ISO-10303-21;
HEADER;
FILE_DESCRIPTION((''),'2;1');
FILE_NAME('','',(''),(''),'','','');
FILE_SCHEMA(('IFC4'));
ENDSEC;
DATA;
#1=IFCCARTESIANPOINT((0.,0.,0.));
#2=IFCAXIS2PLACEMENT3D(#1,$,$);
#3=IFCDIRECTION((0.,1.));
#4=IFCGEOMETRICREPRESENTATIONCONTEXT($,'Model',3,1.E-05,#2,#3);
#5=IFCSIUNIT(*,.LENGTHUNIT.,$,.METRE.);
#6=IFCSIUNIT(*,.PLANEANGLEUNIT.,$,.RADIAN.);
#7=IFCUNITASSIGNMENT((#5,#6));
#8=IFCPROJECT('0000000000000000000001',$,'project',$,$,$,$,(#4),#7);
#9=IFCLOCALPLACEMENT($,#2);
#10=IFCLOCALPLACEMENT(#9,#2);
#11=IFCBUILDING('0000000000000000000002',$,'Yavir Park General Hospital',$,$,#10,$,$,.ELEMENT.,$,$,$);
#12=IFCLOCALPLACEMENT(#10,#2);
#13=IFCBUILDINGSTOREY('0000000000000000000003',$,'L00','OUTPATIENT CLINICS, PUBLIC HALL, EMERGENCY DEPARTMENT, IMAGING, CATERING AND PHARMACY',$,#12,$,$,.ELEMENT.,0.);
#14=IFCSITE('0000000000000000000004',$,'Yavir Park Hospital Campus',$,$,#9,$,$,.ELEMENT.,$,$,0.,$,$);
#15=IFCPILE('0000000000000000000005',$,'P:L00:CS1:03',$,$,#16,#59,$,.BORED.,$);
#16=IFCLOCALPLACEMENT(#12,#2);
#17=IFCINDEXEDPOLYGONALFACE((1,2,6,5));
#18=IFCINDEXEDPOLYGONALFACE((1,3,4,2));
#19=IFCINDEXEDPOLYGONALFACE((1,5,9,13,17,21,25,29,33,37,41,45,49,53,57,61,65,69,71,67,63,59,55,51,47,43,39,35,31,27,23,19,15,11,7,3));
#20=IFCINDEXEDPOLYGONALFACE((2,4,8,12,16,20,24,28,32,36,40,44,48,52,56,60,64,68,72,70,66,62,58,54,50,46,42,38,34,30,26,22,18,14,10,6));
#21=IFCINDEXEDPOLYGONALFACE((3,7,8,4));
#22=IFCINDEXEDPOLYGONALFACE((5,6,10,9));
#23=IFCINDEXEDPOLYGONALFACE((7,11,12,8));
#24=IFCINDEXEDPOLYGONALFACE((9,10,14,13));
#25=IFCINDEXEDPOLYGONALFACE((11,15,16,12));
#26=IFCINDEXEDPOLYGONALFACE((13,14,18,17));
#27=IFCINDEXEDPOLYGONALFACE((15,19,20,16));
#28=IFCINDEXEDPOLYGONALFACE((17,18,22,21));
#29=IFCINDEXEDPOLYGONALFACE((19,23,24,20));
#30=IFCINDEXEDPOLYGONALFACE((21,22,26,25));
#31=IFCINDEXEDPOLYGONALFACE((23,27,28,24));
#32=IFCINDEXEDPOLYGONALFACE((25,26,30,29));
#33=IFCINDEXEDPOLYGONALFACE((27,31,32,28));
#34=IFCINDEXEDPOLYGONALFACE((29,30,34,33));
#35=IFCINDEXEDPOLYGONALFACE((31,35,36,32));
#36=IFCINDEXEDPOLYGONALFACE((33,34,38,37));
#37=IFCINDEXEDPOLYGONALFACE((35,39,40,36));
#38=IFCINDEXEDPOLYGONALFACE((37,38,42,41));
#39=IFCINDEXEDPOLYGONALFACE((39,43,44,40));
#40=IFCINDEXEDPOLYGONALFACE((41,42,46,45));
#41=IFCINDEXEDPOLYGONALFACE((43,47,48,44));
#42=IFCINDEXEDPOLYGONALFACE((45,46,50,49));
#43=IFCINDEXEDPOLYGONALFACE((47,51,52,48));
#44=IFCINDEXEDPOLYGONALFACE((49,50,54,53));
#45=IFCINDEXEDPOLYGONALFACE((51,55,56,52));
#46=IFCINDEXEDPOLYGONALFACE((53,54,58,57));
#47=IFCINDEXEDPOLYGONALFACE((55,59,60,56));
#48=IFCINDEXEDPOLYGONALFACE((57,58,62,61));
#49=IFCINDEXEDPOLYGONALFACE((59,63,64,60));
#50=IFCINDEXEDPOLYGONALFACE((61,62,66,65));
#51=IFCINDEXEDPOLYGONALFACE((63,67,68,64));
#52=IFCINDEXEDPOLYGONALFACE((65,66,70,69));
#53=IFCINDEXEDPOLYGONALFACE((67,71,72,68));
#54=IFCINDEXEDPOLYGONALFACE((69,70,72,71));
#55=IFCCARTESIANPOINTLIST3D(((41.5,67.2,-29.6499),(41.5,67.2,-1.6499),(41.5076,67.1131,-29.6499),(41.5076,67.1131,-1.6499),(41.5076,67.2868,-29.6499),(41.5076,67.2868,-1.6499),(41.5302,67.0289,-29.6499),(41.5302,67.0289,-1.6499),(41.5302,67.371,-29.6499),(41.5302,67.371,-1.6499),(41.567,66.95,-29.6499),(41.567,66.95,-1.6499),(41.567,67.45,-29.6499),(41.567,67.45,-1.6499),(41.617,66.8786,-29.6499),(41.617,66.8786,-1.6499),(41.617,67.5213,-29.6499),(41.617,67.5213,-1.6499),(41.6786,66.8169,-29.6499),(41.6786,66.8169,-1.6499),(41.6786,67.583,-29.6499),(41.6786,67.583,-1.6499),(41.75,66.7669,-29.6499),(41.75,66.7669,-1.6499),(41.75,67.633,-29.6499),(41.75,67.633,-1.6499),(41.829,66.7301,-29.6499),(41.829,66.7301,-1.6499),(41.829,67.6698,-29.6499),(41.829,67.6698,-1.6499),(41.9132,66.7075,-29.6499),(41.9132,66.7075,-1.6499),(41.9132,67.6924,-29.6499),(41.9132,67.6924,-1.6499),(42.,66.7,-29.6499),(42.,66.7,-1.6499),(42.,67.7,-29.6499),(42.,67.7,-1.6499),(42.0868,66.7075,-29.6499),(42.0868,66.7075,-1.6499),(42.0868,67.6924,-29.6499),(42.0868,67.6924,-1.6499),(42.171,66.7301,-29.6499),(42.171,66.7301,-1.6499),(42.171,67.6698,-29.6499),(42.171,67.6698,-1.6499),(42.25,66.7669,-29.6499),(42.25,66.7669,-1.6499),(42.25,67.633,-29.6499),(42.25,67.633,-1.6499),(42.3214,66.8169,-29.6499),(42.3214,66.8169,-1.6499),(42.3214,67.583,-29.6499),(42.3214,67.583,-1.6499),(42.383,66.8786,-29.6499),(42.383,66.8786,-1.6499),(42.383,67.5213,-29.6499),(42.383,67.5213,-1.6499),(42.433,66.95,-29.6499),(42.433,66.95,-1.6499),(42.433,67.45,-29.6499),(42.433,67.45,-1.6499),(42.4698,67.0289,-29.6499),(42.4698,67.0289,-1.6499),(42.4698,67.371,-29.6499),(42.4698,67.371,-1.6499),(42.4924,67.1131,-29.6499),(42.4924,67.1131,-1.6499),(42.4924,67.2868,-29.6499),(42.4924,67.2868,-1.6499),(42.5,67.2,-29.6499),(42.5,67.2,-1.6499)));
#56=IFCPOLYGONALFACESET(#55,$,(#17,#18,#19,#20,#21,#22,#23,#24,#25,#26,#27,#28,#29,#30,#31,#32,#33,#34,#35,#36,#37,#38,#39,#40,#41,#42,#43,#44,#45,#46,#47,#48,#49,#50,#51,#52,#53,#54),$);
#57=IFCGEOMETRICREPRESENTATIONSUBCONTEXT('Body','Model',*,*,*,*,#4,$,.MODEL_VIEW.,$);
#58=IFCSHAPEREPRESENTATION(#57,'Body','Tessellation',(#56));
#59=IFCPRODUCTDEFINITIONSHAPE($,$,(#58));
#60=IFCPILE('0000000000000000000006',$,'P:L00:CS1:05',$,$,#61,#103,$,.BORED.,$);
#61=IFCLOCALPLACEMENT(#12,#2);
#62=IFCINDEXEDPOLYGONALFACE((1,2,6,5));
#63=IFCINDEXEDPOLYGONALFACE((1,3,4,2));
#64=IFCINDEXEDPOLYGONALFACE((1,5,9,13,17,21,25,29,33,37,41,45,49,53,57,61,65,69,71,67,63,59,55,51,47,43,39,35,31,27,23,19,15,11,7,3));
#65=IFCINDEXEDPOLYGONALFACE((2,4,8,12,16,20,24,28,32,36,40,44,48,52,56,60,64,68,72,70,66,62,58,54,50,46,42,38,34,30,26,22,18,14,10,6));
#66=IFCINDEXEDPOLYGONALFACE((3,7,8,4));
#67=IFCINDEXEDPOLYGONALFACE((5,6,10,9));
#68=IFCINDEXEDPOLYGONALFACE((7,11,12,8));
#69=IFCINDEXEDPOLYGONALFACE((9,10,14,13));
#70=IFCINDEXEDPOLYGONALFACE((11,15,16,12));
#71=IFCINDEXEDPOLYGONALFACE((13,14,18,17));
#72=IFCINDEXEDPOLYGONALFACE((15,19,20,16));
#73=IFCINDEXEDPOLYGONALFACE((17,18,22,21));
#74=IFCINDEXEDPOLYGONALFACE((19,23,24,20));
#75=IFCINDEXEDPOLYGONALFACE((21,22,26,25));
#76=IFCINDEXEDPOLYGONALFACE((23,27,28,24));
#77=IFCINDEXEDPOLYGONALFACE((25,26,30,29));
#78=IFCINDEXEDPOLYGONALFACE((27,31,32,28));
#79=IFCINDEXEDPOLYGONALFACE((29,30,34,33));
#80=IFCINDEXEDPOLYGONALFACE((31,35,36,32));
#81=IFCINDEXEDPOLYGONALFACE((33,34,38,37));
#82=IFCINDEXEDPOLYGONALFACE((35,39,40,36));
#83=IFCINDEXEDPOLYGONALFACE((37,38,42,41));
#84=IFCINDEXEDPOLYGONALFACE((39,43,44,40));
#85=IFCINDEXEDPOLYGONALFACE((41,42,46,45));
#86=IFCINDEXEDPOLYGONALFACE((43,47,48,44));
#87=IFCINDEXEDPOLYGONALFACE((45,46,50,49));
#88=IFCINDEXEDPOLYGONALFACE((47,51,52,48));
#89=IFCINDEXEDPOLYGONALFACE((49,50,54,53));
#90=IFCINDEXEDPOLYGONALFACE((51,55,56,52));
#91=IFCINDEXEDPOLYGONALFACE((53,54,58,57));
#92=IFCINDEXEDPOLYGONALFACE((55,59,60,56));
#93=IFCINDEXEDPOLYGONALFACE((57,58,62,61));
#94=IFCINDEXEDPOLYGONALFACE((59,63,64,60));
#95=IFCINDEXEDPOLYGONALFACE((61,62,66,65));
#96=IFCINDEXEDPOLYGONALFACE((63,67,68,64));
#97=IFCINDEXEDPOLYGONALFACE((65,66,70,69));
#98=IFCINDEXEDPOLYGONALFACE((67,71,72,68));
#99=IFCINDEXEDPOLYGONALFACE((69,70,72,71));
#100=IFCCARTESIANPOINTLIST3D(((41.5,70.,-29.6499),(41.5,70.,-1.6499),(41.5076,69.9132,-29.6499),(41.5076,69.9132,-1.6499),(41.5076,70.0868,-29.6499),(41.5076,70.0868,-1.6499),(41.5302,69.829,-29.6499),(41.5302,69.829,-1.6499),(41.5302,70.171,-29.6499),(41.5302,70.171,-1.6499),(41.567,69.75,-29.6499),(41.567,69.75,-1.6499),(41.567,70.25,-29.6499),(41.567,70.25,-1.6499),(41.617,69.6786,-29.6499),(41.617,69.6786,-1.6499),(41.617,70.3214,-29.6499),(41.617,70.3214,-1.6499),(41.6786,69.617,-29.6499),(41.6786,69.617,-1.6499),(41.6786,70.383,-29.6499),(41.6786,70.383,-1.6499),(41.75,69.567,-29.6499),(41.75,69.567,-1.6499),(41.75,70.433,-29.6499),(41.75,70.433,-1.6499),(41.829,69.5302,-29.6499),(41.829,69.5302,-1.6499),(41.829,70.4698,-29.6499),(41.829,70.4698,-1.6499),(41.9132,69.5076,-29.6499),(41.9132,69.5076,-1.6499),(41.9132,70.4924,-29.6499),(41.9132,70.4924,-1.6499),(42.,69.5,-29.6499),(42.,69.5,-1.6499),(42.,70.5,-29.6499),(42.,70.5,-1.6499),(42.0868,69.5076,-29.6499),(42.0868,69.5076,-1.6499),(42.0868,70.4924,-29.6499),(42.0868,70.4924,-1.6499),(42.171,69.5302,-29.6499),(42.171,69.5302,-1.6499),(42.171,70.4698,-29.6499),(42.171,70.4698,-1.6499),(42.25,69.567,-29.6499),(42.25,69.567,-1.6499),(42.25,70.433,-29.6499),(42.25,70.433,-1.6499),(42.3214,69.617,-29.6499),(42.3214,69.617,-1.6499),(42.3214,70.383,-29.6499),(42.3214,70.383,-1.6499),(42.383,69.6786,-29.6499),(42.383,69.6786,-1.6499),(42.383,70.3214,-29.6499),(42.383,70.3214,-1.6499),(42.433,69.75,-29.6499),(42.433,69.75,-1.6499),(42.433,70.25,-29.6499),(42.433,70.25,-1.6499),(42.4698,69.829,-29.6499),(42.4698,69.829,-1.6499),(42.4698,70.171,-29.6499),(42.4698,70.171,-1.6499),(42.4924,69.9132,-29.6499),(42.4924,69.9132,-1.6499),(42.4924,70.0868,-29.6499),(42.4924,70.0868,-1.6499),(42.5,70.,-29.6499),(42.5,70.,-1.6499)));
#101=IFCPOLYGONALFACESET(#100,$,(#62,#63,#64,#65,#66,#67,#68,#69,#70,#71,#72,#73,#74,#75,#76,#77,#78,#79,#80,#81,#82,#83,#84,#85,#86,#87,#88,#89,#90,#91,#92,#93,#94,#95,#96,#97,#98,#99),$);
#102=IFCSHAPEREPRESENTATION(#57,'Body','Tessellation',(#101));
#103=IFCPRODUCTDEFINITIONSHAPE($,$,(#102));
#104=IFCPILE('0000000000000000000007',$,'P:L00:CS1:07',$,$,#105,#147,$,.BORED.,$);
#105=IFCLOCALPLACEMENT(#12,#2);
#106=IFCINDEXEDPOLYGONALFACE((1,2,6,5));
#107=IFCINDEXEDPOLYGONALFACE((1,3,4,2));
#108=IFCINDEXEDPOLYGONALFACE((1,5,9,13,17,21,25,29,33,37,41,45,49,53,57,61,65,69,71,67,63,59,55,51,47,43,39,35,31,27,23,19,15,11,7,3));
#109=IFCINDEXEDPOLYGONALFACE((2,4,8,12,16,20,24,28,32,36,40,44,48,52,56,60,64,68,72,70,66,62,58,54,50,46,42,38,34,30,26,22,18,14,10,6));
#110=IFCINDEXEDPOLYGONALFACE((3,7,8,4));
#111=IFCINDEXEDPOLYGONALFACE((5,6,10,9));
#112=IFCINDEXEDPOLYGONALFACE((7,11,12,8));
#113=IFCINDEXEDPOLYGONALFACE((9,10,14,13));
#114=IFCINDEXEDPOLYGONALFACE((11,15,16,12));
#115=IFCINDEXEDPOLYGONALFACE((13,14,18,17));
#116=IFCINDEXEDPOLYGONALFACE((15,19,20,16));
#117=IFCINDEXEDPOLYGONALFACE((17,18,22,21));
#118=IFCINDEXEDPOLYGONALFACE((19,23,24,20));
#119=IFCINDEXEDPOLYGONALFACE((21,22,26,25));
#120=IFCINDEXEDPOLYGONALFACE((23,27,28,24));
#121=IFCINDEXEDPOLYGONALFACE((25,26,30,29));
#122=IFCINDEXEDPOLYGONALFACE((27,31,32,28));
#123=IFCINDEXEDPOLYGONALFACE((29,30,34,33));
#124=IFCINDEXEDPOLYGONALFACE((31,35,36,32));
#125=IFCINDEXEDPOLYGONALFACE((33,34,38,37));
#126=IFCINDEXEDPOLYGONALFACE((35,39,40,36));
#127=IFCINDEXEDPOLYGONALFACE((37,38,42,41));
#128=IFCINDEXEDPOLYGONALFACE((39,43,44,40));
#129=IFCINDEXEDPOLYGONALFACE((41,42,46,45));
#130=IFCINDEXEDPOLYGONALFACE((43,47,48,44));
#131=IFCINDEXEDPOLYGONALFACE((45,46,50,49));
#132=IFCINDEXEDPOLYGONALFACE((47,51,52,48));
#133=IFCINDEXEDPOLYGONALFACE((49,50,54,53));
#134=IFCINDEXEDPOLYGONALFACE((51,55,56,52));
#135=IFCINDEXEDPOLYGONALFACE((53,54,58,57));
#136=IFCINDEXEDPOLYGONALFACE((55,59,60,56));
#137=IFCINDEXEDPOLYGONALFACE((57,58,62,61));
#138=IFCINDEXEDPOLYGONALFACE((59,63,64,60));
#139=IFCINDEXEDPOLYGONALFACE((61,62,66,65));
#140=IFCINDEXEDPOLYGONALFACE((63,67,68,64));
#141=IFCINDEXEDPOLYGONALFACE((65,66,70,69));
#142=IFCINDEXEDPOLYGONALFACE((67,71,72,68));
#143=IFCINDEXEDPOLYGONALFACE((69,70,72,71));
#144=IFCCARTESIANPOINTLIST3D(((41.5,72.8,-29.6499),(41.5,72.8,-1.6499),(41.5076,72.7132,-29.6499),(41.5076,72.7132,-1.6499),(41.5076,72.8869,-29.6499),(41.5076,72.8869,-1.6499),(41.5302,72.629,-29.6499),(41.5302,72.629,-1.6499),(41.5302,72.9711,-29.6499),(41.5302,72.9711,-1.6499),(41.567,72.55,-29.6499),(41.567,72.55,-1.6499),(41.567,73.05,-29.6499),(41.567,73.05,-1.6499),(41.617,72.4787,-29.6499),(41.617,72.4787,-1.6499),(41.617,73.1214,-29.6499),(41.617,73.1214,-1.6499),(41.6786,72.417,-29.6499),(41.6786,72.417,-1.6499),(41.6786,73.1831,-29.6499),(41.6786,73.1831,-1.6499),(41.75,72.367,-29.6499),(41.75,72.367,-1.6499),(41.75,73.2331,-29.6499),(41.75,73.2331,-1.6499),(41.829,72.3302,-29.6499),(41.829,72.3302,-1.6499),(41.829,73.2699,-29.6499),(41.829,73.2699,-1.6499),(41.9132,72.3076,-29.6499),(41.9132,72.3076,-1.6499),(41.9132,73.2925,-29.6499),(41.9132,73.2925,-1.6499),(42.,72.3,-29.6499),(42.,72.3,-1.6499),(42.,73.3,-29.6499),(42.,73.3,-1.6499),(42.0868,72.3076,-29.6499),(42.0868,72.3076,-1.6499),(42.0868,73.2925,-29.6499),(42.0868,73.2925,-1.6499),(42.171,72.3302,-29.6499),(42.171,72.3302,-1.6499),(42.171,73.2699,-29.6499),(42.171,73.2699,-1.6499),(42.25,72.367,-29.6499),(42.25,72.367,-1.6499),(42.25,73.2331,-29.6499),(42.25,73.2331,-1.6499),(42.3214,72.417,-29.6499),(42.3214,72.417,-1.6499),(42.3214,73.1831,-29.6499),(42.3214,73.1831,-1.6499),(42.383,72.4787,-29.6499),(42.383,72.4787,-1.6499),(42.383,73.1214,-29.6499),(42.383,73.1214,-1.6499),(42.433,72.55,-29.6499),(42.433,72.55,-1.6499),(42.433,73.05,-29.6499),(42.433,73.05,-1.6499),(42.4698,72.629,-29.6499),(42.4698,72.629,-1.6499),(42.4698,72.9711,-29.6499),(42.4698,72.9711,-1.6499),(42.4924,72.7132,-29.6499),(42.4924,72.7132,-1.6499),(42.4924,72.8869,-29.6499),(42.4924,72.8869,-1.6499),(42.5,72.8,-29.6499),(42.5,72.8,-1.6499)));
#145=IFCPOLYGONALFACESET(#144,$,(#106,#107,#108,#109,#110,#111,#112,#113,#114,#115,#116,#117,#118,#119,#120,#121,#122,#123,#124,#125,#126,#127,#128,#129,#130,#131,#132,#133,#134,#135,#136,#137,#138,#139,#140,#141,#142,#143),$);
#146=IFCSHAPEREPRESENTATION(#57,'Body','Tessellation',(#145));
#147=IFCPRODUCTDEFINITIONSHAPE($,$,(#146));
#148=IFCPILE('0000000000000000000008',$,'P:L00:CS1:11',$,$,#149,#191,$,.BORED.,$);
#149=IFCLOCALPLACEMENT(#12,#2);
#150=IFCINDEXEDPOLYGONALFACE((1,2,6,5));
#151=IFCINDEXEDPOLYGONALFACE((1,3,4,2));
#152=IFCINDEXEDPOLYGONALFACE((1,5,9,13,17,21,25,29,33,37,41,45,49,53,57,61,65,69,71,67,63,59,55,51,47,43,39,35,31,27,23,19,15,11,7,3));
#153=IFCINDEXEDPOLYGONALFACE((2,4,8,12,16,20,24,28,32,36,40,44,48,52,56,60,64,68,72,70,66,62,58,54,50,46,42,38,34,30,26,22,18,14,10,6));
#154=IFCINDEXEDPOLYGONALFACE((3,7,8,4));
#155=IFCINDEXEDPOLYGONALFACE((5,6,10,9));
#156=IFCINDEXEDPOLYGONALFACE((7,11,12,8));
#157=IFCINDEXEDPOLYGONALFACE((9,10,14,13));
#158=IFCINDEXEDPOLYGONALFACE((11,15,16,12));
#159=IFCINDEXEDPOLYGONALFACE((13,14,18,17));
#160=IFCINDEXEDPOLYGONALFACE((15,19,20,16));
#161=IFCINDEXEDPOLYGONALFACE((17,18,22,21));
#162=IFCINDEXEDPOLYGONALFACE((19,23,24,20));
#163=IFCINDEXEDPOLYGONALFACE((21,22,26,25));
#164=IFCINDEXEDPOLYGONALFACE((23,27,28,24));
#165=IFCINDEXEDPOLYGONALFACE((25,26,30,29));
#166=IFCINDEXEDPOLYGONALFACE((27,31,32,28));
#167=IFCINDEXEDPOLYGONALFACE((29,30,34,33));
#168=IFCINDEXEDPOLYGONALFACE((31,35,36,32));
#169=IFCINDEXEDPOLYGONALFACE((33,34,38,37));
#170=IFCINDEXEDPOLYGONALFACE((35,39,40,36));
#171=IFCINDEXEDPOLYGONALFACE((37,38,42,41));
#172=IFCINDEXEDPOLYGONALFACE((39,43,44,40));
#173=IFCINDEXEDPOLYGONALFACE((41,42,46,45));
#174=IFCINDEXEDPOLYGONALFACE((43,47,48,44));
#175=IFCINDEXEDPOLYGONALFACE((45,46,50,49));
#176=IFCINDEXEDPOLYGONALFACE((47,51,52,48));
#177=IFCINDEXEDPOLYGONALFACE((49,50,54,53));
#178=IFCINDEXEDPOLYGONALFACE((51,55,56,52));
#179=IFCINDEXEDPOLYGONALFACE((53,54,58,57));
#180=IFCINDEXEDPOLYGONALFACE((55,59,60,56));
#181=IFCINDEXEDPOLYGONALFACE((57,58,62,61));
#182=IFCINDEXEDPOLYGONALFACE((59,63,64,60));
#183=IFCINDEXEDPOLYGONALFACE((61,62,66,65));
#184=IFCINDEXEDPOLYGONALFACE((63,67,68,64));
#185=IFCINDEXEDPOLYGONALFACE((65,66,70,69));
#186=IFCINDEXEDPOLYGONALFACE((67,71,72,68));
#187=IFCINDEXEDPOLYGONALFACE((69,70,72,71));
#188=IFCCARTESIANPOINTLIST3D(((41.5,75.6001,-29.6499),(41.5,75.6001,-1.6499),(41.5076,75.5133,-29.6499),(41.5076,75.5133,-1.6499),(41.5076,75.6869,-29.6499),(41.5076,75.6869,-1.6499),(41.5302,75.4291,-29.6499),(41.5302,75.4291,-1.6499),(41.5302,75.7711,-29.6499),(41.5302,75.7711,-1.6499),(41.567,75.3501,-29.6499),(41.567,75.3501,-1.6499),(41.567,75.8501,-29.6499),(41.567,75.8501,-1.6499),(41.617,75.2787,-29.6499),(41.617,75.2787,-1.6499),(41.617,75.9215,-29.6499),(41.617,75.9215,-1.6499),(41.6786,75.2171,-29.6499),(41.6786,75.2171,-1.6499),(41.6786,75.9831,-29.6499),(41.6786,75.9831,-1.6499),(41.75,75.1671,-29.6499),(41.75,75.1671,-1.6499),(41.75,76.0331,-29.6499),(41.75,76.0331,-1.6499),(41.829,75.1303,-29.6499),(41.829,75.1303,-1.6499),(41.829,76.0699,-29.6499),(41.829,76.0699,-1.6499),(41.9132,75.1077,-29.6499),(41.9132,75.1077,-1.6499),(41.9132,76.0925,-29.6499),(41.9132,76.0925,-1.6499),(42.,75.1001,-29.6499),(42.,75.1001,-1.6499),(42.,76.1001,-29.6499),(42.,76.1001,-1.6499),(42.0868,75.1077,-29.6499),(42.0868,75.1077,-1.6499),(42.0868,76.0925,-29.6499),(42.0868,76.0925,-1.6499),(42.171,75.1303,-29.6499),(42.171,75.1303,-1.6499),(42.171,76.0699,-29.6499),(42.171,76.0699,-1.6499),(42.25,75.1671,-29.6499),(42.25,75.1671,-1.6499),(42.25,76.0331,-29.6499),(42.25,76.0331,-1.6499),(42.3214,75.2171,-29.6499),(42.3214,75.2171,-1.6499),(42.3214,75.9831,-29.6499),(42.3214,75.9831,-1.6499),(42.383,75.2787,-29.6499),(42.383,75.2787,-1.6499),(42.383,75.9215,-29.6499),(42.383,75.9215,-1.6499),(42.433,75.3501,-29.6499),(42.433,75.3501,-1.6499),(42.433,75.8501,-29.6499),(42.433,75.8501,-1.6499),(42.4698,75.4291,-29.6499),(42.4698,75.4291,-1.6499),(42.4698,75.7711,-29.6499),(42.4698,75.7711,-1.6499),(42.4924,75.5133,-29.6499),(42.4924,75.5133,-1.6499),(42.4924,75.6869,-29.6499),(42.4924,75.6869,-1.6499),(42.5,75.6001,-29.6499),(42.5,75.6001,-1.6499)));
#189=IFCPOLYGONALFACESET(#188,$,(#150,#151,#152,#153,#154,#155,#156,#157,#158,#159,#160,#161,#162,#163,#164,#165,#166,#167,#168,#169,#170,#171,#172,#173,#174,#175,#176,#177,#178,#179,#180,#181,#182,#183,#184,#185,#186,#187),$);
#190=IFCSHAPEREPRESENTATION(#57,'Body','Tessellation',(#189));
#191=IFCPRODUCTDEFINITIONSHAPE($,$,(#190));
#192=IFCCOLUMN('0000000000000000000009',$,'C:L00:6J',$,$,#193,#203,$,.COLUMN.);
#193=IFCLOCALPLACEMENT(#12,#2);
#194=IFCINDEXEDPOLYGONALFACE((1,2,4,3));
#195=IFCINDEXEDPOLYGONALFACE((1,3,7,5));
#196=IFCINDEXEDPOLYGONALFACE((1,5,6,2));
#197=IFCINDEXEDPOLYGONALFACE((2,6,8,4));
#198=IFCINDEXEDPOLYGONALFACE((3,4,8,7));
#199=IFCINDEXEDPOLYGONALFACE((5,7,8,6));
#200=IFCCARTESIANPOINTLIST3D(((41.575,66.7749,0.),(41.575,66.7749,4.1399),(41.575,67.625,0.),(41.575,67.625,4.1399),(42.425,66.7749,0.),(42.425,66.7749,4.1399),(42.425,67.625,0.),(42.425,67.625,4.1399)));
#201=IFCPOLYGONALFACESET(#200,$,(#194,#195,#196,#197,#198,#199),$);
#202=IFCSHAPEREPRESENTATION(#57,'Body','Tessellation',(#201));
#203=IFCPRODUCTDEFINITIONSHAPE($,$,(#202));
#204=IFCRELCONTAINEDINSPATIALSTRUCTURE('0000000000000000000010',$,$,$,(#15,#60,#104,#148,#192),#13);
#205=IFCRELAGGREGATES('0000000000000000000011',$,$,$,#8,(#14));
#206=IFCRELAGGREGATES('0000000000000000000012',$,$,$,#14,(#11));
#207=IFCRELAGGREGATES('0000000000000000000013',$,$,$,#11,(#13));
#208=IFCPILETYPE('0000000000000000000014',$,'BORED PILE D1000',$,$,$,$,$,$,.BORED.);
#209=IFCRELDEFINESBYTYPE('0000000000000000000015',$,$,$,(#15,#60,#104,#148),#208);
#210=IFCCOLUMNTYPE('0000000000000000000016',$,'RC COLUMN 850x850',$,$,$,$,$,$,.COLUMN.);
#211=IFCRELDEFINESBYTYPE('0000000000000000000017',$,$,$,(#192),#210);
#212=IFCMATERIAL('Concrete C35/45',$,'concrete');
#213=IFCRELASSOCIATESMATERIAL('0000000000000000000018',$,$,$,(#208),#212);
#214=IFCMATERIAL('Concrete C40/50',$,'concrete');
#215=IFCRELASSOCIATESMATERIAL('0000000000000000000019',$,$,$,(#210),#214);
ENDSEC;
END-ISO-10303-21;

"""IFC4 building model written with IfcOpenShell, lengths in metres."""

from ifc_helpers import new_model, si_unit, direction, frame, origin, origin_2d, place, context, subcontext, project, spatial, rectangle, circle, extrude, material, material_profile, profile_set, type_object, element, save


model = new_model("IFC4")

# Units and contexts
model_context = context("Model", 3, precision=1e-05, world=origin(), true_north=direction((0.0, 1.0)))
body_context = subcontext(model_context, "Body", "Model", "MODEL_VIEW")
ifc_project = project(units=[si_unit("LENGTHUNIT", "METRE"), si_unit("PLANEANGLEUNIT", "RADIAN")], contexts=[model_context])

# Site, building, storey
site_placement = place(None, origin())
site = spatial("IfcSite", under=ifc_project, at=site_placement, Name="Yavir Park Hospital Campus", CompositionType="ELEMENT", RefElevation=0.0)
building_placement = place(site_placement, origin())
building = spatial("IfcBuilding", under=site, at=building_placement, Name="Yavir Park General Hospital", CompositionType="ELEMENT")
storey_placement = place(building_placement, origin())
storey = spatial("IfcBuildingStorey", under=building, at=storey_placement, Name="L00", Description="OUTPATIENT CLINICS, PUBLIC HALL, EMERGENCY DEPARTMENT, IMAGING, CATERING AND PHARMACY", CompositionType="ELEMENT", Elevation=0.0)

# Piles
ifc_material_1 = material(Name="Concrete C35/45", Category="concrete")
ifc_material_profile_1 = material_profile(ifc_material_1, circle(Radius=0.5, at=origin_2d()), Name="D1000")
ifc_profile_set_1 = profile_set([ifc_material_profile_1], Name="Concrete C35/45")
pile_type = type_object("IfcPileType", Name="BORED PILE D1000", PredefinedType="BORED", material=ifc_profile_set_1)
for number, where, z_axis, x_axis, name in (
    (1, (42.0, 67.2, -1.6499), (0.0, 0.0, -1.0), (1.0, 0.0, 0.0), "P:L00:CS1:03"),
    (2, (42.0, 70.0, -1.6499), (0.0, 0.0, -1.0), (1.0, 0.0, 0.0), "P:L00:CS1:05"),
    (3, (42.0, 72.8, -1.6499), (0.0, 0.0, -1.0), (1.0, 0.0, 0.0), "P:L00:CS1:07"),
    (4, (42.0, 75.6001, -1.6499), (0.0, 0.0, -1.0), (1.0, 0.0, 0.0), "P:L00:CS1:11"),
):
    element("IfcPile", number, at=place(storey_placement, frame(where, z_axis=z_axis, x_axis=x_axis)), inside=storey, type_object=pile_type, Name=name, PredefinedType="BORED", context=body_context, shape_type="SweptSolid", body=[
        extrude(circle(Radius=0.5, at=origin_2d()), origin(), (0.0, 0.0, 1.0), 28.0),
    ])

# Column
ifc_material_2 = material(Name="Concrete C40/50", Category="concrete")
ifc_material_profile_2 = material_profile(ifc_material_2, rectangle(XDim=0.8501, YDim=0.8501, at=origin_2d()), Name="RC850x850")
ifc_profile_set_2 = profile_set([ifc_material_profile_2], Name="Concrete C40/50")
column_type = type_object("IfcColumnType", Name="RC COLUMN 850x850", PredefinedType="COLUMN", material=ifc_profile_set_2)
column_placement = place(storey_placement, frame((42.0, 67.2, 0.0), z_axis=(0.0, 0.0, 1.0), x_axis=(1.0, 0.0, 0.0)))
element("IfcColumn", 5, at=column_placement, inside=storey, type_object=column_type, Name="C:L00:6J", PredefinedType="COLUMN", context=body_context, shape_type="SweptSolid", body=[
    extrude(rectangle(XDim=0.8501, YDim=0.8501, at=origin_2d()), origin(), (0.0, 0.0, 1.0), 4.1399),
])

save(model, "model.ifc")
